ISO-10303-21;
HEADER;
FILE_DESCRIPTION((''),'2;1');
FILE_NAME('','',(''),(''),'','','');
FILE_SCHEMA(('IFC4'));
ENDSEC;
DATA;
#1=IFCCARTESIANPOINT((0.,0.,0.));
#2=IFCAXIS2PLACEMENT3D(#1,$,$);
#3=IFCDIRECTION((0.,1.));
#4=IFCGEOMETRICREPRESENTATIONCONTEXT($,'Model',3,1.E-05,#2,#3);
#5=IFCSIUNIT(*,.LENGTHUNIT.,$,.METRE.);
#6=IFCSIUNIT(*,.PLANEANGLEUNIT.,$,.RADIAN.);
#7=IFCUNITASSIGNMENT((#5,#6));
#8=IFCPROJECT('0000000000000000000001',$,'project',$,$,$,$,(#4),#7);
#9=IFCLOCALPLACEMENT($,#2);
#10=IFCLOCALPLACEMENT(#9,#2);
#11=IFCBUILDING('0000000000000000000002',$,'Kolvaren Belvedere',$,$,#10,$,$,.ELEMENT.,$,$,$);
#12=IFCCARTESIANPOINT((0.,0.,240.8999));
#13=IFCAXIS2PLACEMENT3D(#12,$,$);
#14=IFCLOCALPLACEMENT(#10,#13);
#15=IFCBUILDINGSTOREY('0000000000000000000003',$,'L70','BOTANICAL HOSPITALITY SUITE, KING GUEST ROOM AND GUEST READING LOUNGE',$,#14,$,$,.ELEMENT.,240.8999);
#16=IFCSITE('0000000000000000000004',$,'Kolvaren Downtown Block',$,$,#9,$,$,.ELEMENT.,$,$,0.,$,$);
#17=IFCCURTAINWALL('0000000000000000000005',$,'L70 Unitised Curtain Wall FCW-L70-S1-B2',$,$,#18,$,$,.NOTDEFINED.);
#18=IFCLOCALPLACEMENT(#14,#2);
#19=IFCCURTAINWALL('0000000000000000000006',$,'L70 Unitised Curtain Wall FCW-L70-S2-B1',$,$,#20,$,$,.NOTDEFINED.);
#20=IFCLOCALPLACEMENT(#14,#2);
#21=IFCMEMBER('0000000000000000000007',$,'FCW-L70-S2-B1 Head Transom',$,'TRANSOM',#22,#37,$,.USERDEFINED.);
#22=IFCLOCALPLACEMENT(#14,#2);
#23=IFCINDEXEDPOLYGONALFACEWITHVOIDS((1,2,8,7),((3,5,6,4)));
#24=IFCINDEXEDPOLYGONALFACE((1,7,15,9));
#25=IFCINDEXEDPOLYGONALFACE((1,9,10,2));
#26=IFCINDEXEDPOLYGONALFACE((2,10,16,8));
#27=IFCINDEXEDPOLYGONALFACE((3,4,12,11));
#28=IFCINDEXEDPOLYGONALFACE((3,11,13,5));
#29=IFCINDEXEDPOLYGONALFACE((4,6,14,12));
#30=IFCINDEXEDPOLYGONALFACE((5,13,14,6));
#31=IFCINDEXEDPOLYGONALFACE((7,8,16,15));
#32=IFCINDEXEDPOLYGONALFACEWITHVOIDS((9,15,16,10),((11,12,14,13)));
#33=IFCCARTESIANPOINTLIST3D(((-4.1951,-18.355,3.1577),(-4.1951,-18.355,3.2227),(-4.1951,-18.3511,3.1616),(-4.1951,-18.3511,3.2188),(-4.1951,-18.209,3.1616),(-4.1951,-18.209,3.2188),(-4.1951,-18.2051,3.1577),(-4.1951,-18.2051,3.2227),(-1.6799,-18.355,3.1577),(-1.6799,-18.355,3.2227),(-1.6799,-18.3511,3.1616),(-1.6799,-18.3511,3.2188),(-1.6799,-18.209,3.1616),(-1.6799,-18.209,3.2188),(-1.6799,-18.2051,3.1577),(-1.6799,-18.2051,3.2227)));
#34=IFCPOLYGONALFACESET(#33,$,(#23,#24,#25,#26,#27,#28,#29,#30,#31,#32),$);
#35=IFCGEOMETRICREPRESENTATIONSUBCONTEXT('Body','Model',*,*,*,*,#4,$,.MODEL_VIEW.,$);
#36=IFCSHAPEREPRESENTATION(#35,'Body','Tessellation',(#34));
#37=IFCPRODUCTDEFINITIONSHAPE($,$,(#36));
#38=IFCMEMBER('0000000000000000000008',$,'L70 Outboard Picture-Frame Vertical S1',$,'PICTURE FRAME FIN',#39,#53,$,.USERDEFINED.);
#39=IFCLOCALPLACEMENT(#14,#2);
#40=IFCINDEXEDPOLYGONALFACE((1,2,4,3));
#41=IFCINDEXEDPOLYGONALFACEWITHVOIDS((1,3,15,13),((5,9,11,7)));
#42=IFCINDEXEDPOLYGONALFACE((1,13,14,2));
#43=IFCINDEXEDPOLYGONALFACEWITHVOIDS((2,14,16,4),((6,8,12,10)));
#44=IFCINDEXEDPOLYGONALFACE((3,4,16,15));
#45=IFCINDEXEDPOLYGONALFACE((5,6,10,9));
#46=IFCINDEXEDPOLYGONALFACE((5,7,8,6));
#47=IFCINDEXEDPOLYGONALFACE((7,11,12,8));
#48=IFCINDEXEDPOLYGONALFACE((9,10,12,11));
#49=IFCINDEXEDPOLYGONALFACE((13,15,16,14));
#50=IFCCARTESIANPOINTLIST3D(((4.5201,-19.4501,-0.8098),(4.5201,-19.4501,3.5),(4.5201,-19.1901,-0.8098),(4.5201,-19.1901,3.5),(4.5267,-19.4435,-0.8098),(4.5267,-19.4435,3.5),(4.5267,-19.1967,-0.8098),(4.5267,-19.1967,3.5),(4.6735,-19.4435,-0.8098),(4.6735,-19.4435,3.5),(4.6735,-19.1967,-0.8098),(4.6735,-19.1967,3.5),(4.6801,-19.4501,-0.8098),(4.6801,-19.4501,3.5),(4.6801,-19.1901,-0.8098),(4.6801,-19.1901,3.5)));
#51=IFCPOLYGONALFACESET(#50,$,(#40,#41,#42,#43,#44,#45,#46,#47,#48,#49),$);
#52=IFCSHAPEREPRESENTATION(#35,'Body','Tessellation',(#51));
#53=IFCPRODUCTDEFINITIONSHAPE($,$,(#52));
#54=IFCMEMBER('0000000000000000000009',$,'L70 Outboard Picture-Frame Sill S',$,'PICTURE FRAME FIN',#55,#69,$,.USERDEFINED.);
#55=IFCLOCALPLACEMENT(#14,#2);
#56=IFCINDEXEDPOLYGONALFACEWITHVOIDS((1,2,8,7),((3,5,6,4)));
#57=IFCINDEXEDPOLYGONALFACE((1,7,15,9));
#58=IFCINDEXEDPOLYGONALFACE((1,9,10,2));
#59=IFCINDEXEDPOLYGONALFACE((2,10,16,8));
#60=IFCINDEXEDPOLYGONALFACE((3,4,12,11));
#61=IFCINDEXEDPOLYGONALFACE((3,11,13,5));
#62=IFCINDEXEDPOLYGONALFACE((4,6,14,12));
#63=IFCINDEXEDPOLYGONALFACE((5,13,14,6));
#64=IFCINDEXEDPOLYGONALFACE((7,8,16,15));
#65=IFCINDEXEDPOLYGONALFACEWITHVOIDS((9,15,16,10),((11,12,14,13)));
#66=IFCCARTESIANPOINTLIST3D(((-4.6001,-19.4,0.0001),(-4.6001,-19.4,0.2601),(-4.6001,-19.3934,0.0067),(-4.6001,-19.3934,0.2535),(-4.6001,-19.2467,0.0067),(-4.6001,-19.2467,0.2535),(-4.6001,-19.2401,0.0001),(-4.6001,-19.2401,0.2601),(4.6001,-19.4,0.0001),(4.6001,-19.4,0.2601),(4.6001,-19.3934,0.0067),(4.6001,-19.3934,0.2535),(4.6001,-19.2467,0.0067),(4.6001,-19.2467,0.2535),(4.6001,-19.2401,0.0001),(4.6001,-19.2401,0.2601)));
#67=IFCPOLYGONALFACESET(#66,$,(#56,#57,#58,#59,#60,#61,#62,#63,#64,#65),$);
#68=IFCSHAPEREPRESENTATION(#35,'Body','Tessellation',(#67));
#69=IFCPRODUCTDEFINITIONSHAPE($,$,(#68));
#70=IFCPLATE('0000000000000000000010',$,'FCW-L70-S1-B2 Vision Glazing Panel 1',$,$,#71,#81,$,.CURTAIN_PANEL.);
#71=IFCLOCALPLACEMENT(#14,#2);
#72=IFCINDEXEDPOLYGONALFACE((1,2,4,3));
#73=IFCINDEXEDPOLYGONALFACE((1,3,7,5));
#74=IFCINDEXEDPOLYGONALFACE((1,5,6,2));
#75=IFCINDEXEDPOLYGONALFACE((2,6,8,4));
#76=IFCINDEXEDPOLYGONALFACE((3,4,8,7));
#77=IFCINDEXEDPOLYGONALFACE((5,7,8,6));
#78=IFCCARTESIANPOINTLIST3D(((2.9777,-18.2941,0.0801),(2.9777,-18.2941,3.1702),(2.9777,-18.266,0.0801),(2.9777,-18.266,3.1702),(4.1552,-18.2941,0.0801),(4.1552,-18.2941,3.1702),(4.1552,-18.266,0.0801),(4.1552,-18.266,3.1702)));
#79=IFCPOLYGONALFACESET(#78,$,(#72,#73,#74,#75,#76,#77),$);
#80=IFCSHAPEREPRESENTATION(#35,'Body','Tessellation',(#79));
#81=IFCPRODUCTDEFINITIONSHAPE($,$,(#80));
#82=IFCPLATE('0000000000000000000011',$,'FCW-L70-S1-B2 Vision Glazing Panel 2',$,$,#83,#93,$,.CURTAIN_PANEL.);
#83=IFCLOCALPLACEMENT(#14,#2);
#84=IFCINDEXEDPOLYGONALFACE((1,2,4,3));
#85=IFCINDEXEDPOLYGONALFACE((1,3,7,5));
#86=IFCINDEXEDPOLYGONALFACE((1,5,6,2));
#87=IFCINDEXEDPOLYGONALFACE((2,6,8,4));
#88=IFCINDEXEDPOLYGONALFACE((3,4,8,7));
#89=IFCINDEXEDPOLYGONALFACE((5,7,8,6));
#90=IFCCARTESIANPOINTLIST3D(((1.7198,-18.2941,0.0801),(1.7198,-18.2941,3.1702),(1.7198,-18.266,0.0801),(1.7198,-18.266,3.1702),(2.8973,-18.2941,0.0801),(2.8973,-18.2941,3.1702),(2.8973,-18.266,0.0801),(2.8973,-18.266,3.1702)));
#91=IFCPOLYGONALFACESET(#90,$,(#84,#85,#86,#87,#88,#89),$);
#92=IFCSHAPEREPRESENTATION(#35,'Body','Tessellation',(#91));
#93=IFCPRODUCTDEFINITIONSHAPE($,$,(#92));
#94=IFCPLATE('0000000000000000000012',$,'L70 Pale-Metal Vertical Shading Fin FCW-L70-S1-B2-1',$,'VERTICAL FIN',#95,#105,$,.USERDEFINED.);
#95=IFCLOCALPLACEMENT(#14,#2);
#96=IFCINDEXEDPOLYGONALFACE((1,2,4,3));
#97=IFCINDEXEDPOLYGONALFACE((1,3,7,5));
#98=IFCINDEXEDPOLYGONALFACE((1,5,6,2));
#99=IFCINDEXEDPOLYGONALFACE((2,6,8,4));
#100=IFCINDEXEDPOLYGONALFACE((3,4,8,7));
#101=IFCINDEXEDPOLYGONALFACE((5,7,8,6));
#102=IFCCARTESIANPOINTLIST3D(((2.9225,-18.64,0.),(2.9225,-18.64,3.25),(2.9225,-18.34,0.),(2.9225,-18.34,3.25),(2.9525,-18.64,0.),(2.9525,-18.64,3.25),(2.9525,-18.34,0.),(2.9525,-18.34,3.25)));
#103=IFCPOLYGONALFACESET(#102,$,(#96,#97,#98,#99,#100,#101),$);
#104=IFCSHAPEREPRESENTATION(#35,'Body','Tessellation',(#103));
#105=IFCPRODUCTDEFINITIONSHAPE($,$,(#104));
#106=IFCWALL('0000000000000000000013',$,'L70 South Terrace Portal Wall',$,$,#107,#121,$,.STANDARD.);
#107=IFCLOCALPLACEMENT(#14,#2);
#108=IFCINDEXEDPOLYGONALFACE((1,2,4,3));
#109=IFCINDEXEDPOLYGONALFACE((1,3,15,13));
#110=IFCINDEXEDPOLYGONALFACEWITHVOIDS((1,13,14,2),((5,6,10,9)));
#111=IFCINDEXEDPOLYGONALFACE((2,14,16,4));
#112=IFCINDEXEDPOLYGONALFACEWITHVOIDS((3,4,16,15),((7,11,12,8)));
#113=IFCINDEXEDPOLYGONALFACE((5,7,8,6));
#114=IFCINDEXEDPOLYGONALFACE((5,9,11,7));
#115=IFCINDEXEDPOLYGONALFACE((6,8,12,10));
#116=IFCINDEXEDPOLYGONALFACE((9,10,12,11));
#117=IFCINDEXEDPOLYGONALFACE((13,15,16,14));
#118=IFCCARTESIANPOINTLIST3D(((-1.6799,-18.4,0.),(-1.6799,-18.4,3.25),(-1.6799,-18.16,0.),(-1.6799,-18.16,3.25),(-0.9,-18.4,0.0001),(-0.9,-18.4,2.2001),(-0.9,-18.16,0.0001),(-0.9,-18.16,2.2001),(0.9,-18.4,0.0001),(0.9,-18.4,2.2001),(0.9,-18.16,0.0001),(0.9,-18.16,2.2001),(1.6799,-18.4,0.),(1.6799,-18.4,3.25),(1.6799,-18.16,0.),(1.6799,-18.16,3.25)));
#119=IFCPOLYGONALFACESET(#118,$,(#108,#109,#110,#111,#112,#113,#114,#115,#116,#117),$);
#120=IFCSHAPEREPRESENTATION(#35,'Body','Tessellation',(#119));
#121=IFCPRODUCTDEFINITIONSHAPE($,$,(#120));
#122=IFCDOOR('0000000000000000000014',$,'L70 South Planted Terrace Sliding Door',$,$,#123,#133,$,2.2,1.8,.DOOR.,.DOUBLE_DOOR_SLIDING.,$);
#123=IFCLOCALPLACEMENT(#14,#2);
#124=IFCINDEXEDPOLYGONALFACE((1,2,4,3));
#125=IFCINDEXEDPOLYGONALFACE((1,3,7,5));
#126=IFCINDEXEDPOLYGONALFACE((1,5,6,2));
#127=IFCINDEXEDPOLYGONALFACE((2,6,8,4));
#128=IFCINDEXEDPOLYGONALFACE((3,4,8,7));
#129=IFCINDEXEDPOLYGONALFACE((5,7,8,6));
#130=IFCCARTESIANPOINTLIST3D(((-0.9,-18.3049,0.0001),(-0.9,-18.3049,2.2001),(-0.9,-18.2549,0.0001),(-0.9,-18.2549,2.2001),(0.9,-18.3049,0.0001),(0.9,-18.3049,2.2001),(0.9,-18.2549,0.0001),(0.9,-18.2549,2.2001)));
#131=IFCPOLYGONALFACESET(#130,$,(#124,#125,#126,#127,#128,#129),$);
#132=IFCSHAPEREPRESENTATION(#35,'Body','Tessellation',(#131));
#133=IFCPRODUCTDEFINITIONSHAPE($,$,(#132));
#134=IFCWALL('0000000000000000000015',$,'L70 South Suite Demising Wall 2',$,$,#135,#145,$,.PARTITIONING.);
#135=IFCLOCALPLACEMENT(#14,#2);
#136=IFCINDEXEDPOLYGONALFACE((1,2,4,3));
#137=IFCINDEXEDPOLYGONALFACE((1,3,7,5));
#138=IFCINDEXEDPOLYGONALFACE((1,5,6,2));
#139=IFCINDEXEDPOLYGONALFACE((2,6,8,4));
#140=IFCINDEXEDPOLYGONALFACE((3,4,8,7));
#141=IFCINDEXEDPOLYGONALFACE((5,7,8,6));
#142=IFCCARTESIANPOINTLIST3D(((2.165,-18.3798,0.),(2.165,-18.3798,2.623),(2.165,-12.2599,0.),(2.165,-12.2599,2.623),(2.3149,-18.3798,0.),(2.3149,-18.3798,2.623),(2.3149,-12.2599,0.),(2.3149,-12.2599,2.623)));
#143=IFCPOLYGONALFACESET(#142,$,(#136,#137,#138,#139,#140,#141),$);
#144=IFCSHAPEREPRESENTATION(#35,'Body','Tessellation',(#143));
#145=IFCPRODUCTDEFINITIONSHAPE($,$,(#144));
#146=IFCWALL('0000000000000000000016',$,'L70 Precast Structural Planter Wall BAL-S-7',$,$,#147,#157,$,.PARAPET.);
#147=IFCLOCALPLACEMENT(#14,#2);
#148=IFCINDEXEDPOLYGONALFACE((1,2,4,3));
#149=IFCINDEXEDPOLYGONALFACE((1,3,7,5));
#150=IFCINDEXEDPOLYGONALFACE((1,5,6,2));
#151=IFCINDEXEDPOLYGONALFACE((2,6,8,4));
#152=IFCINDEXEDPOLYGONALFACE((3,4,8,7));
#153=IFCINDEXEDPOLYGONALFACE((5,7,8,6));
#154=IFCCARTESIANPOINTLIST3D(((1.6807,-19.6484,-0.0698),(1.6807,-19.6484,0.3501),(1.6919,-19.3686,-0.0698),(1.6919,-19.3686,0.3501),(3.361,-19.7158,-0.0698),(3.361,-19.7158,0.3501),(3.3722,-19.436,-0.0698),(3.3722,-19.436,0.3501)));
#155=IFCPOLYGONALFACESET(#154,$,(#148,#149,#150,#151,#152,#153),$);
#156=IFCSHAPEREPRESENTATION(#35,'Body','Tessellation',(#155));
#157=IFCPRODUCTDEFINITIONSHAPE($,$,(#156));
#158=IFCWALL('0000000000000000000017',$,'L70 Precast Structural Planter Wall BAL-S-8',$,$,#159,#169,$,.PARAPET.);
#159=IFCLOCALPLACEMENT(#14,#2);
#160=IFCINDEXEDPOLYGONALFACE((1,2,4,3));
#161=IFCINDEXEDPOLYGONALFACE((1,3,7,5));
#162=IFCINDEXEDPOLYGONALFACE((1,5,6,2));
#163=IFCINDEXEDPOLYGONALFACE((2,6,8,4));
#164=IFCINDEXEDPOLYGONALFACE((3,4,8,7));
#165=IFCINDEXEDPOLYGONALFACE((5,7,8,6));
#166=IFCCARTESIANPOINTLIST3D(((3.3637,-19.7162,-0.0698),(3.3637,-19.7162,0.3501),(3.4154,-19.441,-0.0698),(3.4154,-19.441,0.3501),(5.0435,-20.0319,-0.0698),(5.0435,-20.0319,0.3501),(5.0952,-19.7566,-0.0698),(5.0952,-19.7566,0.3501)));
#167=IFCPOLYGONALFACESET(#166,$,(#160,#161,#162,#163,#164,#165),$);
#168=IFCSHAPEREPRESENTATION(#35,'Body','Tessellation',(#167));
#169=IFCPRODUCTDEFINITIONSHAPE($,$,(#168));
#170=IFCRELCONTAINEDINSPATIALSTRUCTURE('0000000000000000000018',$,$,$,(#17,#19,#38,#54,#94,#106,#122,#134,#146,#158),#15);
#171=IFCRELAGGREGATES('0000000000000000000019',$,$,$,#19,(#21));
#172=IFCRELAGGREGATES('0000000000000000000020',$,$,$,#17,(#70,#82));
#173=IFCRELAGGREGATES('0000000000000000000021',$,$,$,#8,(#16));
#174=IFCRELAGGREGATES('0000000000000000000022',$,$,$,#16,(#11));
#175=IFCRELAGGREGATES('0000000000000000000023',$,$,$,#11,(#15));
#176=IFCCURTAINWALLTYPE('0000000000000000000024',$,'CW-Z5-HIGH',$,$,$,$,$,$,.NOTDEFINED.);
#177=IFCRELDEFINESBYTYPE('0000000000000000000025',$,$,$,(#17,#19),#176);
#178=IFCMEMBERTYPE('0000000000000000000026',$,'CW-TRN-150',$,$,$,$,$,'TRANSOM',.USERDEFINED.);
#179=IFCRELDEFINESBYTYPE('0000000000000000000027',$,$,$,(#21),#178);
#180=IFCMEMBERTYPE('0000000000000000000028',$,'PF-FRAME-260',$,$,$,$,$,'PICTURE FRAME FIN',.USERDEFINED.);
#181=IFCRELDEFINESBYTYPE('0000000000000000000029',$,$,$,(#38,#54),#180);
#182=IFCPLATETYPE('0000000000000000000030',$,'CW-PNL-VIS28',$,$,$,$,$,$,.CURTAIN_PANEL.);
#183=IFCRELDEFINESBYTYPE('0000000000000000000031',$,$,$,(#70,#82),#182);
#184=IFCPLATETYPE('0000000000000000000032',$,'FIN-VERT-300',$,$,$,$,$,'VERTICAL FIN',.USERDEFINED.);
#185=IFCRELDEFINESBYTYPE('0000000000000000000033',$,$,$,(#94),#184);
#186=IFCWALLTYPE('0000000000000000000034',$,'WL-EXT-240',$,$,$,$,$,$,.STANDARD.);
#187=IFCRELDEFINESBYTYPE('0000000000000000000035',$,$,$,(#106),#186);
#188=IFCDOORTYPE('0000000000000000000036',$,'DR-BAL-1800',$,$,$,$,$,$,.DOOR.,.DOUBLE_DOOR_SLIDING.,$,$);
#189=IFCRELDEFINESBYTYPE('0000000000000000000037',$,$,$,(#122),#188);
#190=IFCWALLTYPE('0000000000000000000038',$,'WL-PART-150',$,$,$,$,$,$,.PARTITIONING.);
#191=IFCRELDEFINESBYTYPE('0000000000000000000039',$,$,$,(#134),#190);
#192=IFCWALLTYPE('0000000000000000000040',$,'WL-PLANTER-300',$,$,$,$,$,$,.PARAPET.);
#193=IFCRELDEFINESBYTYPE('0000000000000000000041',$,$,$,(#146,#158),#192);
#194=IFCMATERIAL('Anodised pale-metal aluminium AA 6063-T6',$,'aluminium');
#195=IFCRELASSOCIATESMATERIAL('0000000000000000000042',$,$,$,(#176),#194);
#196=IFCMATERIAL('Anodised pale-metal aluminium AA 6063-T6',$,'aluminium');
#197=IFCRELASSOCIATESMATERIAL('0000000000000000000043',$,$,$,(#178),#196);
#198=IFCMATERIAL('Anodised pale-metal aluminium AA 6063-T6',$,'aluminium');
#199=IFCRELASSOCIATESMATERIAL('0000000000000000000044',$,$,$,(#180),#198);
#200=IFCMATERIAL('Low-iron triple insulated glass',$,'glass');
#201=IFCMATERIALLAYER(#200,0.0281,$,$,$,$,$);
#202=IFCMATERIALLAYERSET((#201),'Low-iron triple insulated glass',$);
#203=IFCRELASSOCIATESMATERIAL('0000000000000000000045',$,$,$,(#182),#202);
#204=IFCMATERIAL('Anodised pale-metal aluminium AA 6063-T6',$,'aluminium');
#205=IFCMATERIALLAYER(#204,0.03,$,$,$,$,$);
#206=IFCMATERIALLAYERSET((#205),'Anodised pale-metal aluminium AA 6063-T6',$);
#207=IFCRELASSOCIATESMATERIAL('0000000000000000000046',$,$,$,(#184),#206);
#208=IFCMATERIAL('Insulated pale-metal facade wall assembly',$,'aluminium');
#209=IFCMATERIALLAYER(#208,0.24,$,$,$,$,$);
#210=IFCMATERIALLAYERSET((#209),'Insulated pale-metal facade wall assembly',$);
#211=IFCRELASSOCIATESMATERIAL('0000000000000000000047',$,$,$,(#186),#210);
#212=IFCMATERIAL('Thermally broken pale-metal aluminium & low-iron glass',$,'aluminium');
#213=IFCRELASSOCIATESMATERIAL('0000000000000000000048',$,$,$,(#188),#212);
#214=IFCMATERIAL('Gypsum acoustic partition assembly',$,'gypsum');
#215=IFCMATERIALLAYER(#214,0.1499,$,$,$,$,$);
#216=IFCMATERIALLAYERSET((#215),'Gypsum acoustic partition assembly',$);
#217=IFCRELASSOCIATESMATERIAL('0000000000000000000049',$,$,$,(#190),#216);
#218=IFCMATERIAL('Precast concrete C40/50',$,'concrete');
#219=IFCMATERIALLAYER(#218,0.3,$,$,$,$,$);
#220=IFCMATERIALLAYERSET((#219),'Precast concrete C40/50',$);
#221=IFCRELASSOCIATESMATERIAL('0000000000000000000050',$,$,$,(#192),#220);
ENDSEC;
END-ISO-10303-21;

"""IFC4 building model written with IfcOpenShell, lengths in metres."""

from ifc_helpers import new_model, si_unit, direction, frame, frame_2d, origin, origin_2d, place, context, subcontext, project, spatial, rectangle, hollow_rectangle, extrude, material, layer, layer_set, material_profile, profile_set, type_object, element, fill, aggregate, save


model = new_model("IFC4")

# Units and contexts
model_context = context("Model", 3, precision=1e-05, world=origin(), true_north=direction((0.0, 1.0)))
body_context = subcontext(model_context, "Body", "Model", "MODEL_VIEW")
ifc_project = project(units=[si_unit("LENGTHUNIT", "METRE"), si_unit("PLANEANGLEUNIT", "RADIAN")], contexts=[model_context])

# Site, building, storey
site_placement = place(None, origin())
site = spatial("IfcSite", under=ifc_project, at=site_placement, Name="Kolvaren Downtown Block", CompositionType="ELEMENT", RefElevation=0.0)
building_placement = place(site_placement, origin())
building = spatial("IfcBuilding", under=site, at=building_placement, Name="Kolvaren Belvedere", CompositionType="ELEMENT")
storey_placement = place(building_placement, frame((0.0, 0.0, 240.8999)))
storey = spatial("IfcBuildingStorey", under=building, at=storey_placement, Name="L70", Description="BOTANICAL HOSPITALITY SUITE, KING GUEST ROOM AND GUEST READING LOUNGE", CompositionType="ELEMENT", Elevation=240.8999)

# Shared definitions
ifc_material_1 = material(Name="Anodised pale-metal aluminium AA 6063-T6", Category="aluminium")
curtain_wall_type = type_object("IfcCurtainWallType", Name="CW-Z5-HIGH", PredefinedType="NOTDEFINED", material=ifc_material_1)

# Curtain wall
curtain_wall_1_placement = place(storey_placement, origin())
curtain_wall_1 = element("IfcCurtainWall", 1, at=curtain_wall_1_placement, inside=storey, type_object=curtain_wall_type, Name="L70 Unitised Curtain Wall FCW-L70-S1-B2", PredefinedType="NOTDEFINED")

# Curtain wall
curtain_wall_2_placement = place(storey_placement, origin())
curtain_wall_2 = element("IfcCurtainWall", 2, at=curtain_wall_2_placement, inside=storey, type_object=curtain_wall_type, Name="L70 Unitised Curtain Wall FCW-L70-S2-B1", PredefinedType="NOTDEFINED")

# Member
ifc_material_2 = material(Name="Anodised pale-metal aluminium AA 6063-T6", Category="aluminium")
ifc_material_profile_1 = material_profile(ifc_material_2, hollow_rectangle(XDim=0.0649, YDim=0.1499, WallThickness=0.0039, at=origin_2d()), Name="ALU-TRN-150X65")
ifc_profile_set_1 = profile_set([ifc_material_profile_1], Name="Anodised pale-metal aluminium AA 6063-T6")
member_type_1 = type_object("IfcMemberType", Name="CW-TRN-150", ElementType="TRANSOM", PredefinedType="USERDEFINED", material=ifc_profile_set_1)
member_1_placement = place(storey_placement, frame((-1.6799, -18.28, 3.1902), z_axis=(-1.0, 0.0, 0.0), x_axis=(0.0, 0.0, 1.0)))
member_1 = element("IfcMember", 3, at=member_1_placement, type_object=member_type_1, Name="FCW-L70-S2-B1 Head Transom", ObjectType="TRANSOM", PredefinedType="USERDEFINED", context=body_context, shape_type="SweptSolid", body=[
    extrude(hollow_rectangle(XDim=0.0649, YDim=0.1499, WallThickness=0.0039, at=origin_2d()), origin(), (0.0, 0.0, 1.0), 2.5151),
])
aggregate(curtain_wall_2, [member_1])

# Members
ifc_material_3 = material(Name="Anodised pale-metal aluminium AA 6063-T6", Category="aluminium")
ifc_material_profile_2 = material_profile(ifc_material_3, hollow_rectangle(XDim=0.1599, YDim=0.26, WallThickness=0.0066, at=origin_2d()), Name="ALU-PF-260X160")
ifc_profile_set_2 = profile_set([ifc_material_profile_2], Name="Anodised pale-metal aluminium AA 6063-T6")
member_type_2 = type_object("IfcMemberType", Name="PF-FRAME-260", ElementType="PICTURE FRAME FIN", PredefinedType="USERDEFINED", material=ifc_profile_set_2)
member_2_placement = place(storey_placement, frame((4.6001, -19.3201, -0.8098), z_axis=(0.0, 0.0, 1.0), x_axis=(1.0, 0.0, 0.0)))
element("IfcMember", 4, at=member_2_placement, inside=storey, type_object=member_type_2, Name="L70 Outboard Picture-Frame Vertical S1", ObjectType="PICTURE FRAME FIN", PredefinedType="USERDEFINED", context=body_context, shape_type="SweptSolid", body=[
    extrude(hollow_rectangle(XDim=0.1599, YDim=0.26, WallThickness=0.0066, at=origin_2d()), origin(), (0.0, 0.0, 1.0), 4.3098),
])
member_3_placement = place(storey_placement, frame((4.6001, -19.3201, 0.1301), z_axis=(-1.0, 0.0, 0.0), x_axis=(0.0, -1.0, 0.0)))
element("IfcMember", 5, at=member_3_placement, inside=storey, type_object=member_type_2, Name="L70 Outboard Picture-Frame Sill S", ObjectType="PICTURE FRAME FIN", PredefinedType="USERDEFINED", context=body_context, shape_type="SweptSolid", body=[
    extrude(hollow_rectangle(XDim=0.1599, YDim=0.26, WallThickness=0.0066, at=origin_2d()), origin(), (0.0, 0.0, 1.0), 9.2002),
])

# Plates
ifc_material_4 = material(Name="Low-iron triple insulated glass", Category="glass")
ifc_layer_1 = layer(ifc_material_4, 0.0281)
ifc_layer_set_1 = layer_set([ifc_layer_1], Name="Low-iron triple insulated glass")
plate_type_1 = type_object("IfcPlateType", Name="CW-PNL-VIS28", PredefinedType="CURTAIN_PANEL", material=ifc_layer_set_1)
plate_1_placement = place(storey_placement, frame((3.5664, -18.28, 0.0801), z_axis=(0.0, 0.0, 1.0), x_axis=(-1.0, 0.0, 0.0)))
plate_1 = element("IfcPlate", 6, at=plate_1_placement, type_object=plate_type_1, Name="FCW-L70-S1-B2 Vision Glazing Panel 1", PredefinedType="CURTAIN_PANEL", context=body_context, shape_type="SweptSolid", body=[
    extrude(rectangle(XDim=1.1775, YDim=0.0281, at=origin_2d()), origin(), (0.0, 0.0, 1.0), 3.0901),
])
plate_2_placement = place(storey_placement, frame((2.3086, -18.28, 0.0801), z_axis=(0.0, 0.0, 1.0), x_axis=(-1.0, 0.0, 0.0)))
plate_2 = element("IfcPlate", 7, at=plate_2_placement, type_object=plate_type_1, Name="FCW-L70-S1-B2 Vision Glazing Panel 2", PredefinedType="CURTAIN_PANEL", context=body_context, shape_type="SweptSolid", body=[
    extrude(rectangle(XDim=1.1775, YDim=0.0281, at=origin_2d()), origin(), (0.0, 0.0, 1.0), 3.0901),
])
aggregate(curtain_wall_1, [plate_1, plate_2])
ifc_material_5 = material(Name="Anodised pale-metal aluminium AA 6063-T6", Category="aluminium")
ifc_layer_2 = layer(ifc_material_5, 0.03)
ifc_layer_set_2 = layer_set([ifc_layer_2], Name="Anodised pale-metal aluminium AA 6063-T6")
plate_type_2 = type_object("IfcPlateType", Name="FIN-VERT-300", ElementType="VERTICAL FIN", PredefinedType="USERDEFINED", material=ifc_layer_set_2)
plate_3_placement = place(storey_placement, frame((2.9375, -18.49, 0.0), z_axis=(0.0, 0.0, 1.0), x_axis=(0.0, 1.0, 0.0)))
element("IfcPlate", 8, at=plate_3_placement, inside=storey, type_object=plate_type_2, Name="L70 Pale-Metal Vertical Shading Fin FCW-L70-S1-B2-1", ObjectType="VERTICAL FIN", PredefinedType="USERDEFINED", context=body_context, shape_type="SweptSolid", body=[
    extrude(rectangle(XDim=0.3, YDim=0.03, at=origin_2d()), origin(), (0.0, 0.0, 1.0), 3.25),
])

# Wall, opening, door
ifc_material_6 = material(Name="Insulated pale-metal facade wall assembly", Category="aluminium")
ifc_layer_3 = layer(ifc_material_6, 0.24)
ifc_layer_set_3 = layer_set([ifc_layer_3], Name="Insulated pale-metal facade wall assembly")
wall_type_1 = type_object("IfcWallType", Name="WL-EXT-240", PredefinedType="STANDARD", material=ifc_layer_set_3)
wall_1_placement = place(storey_placement, frame((1.6799, -18.28, 0.0), z_axis=(0.0, 0.0, 1.0), x_axis=(-1.0, 0.0, 0.0)))
wall_1 = element("IfcWall", 9, at=wall_1_placement, inside=storey, type_object=wall_type_1, Name="L70 South Terrace Portal Wall", PredefinedType="STANDARD", context=body_context, shape_type="SweptSolid", body=[
    extrude(rectangle(XDim=3.3599, YDim=0.24, at=frame_2d((1.6799, 0.0))), origin(), (0.0, 0.0, 1.0), 3.25),
])
opening_placement = place(wall_1_placement, frame((0.78, 0.0, 0.0)))
opening = element("IfcOpeningElement", 10, at=opening_placement, cuts=wall_1, PredefinedType="OPENING", context=body_context, shape_type="SweptSolid", body=[
    extrude(rectangle(XDim=1.8, YDim=2.2, at=frame_2d((0.8999, 1.1001))), frame((0.0, 0.1299, 0.0), z_axis=(0.0, -1.0, 0.0), x_axis=(1.0, 0.0, 0.0)), (0.0, 0.0, 1.0), 0.26),
])
ifc_material_7 = material(Name="Thermally broken pale-metal aluminium & low-iron glass", Category="aluminium")
door_type = type_object("IfcDoorType", Name="DR-BAL-1800", OperationType="DOUBLE_DOOR_SLIDING", PredefinedType="DOOR", material=ifc_material_7)
door_placement = place(opening_placement, origin())
door = element("IfcDoor", 11, at=door_placement, inside=storey, type_object=door_type, Name="L70 South Planted Terrace Sliding Door", OperationType="DOUBLE_DOOR_SLIDING", OverallHeight=2.2, OverallWidth=1.8, PredefinedType="DOOR", context=body_context, shape_type="SweptSolid", body=[
    extrude(rectangle(XDim=1.8, YDim=2.2, at=frame_2d((0.8999, 1.1001))), frame((0.0, 0.0249, 0.0), z_axis=(0.0, -1.0, 0.0), x_axis=(1.0, 0.0, 0.0)), (0.0, 0.0, 1.0), 0.05),
])
fill(opening, door)

# Walls
ifc_material_8 = material(Name="Gypsum acoustic partition assembly", Category="gypsum")
ifc_layer_4 = layer(ifc_material_8, 0.1499)
ifc_layer_set_4 = layer_set([ifc_layer_4], Name="Gypsum acoustic partition assembly")
wall_type_2 = type_object("IfcWallType", Name="WL-PART-150", PredefinedType="PARTITIONING", material=ifc_layer_set_4)
wall_2_placement = place(storey_placement, frame((2.24, -18.3799, 0.0), z_axis=(0.0, 0.0, 1.0), x_axis=(0.0, 1.0, 0.0)))
element("IfcWall", 12, at=wall_2_placement, inside=storey, type_object=wall_type_2, Name="L70 South Suite Demising Wall 2", PredefinedType="PARTITIONING", context=body_context, shape_type="SweptSolid", body=[
    extrude(rectangle(XDim=6.1199, YDim=0.1499, at=frame_2d((3.0601, 0.0))), origin(), (0.0, 0.0, 1.0), 2.623),
])
ifc_material_9 = material(Name="Precast concrete C40/50", Category="concrete")
ifc_layer_5 = layer(ifc_material_9, 0.3)
ifc_layer_set_5 = layer_set([ifc_layer_5], Name="Precast concrete C40/50")
wall_type_3 = type_object("IfcWallType", Name="WL-PLANTER-300", PredefinedType="PARAPET", material=ifc_layer_set_5)
wall_3_placement = place(storey_placement, frame((1.6863, -19.5085, -0.0698), z_axis=(0.0, 0.0, 1.0), x_axis=(0.999197, -0.040072, 0.0)))
element("IfcWall", 13, at=wall_3_placement, inside=storey, type_object=wall_type_3, Name="L70 Precast Structural Planter Wall BAL-S-7", PredefinedType="PARAPET", context=body_context, shape_type="SweptSolid", body=[
    extrude(rectangle(XDim=1.6816, YDim=0.28, at=frame_2d((0.8408, 0.0))), origin(), (0.0, 0.0, 1.0), 0.4199),
])
wall_4_placement = place(storey_placement, frame((3.3896, -19.5786, -0.0698), z_axis=(0.0, 0.0, 1.0), x_axis=(0.982799, -0.184677, 0.0)))
element("IfcWall", 14, at=wall_4_placement, inside=storey, type_object=wall_type_3, Name="L70 Precast Structural Planter Wall BAL-S-8", PredefinedType="PARAPET", context=body_context, shape_type="SweptSolid", body=[
    extrude(rectangle(XDim=1.7092, YDim=0.28, at=frame_2d((0.8545, 0.0))), origin(), (0.0, 0.0, 1.0), 0.4199),
])

save(model, "model.ifc")
